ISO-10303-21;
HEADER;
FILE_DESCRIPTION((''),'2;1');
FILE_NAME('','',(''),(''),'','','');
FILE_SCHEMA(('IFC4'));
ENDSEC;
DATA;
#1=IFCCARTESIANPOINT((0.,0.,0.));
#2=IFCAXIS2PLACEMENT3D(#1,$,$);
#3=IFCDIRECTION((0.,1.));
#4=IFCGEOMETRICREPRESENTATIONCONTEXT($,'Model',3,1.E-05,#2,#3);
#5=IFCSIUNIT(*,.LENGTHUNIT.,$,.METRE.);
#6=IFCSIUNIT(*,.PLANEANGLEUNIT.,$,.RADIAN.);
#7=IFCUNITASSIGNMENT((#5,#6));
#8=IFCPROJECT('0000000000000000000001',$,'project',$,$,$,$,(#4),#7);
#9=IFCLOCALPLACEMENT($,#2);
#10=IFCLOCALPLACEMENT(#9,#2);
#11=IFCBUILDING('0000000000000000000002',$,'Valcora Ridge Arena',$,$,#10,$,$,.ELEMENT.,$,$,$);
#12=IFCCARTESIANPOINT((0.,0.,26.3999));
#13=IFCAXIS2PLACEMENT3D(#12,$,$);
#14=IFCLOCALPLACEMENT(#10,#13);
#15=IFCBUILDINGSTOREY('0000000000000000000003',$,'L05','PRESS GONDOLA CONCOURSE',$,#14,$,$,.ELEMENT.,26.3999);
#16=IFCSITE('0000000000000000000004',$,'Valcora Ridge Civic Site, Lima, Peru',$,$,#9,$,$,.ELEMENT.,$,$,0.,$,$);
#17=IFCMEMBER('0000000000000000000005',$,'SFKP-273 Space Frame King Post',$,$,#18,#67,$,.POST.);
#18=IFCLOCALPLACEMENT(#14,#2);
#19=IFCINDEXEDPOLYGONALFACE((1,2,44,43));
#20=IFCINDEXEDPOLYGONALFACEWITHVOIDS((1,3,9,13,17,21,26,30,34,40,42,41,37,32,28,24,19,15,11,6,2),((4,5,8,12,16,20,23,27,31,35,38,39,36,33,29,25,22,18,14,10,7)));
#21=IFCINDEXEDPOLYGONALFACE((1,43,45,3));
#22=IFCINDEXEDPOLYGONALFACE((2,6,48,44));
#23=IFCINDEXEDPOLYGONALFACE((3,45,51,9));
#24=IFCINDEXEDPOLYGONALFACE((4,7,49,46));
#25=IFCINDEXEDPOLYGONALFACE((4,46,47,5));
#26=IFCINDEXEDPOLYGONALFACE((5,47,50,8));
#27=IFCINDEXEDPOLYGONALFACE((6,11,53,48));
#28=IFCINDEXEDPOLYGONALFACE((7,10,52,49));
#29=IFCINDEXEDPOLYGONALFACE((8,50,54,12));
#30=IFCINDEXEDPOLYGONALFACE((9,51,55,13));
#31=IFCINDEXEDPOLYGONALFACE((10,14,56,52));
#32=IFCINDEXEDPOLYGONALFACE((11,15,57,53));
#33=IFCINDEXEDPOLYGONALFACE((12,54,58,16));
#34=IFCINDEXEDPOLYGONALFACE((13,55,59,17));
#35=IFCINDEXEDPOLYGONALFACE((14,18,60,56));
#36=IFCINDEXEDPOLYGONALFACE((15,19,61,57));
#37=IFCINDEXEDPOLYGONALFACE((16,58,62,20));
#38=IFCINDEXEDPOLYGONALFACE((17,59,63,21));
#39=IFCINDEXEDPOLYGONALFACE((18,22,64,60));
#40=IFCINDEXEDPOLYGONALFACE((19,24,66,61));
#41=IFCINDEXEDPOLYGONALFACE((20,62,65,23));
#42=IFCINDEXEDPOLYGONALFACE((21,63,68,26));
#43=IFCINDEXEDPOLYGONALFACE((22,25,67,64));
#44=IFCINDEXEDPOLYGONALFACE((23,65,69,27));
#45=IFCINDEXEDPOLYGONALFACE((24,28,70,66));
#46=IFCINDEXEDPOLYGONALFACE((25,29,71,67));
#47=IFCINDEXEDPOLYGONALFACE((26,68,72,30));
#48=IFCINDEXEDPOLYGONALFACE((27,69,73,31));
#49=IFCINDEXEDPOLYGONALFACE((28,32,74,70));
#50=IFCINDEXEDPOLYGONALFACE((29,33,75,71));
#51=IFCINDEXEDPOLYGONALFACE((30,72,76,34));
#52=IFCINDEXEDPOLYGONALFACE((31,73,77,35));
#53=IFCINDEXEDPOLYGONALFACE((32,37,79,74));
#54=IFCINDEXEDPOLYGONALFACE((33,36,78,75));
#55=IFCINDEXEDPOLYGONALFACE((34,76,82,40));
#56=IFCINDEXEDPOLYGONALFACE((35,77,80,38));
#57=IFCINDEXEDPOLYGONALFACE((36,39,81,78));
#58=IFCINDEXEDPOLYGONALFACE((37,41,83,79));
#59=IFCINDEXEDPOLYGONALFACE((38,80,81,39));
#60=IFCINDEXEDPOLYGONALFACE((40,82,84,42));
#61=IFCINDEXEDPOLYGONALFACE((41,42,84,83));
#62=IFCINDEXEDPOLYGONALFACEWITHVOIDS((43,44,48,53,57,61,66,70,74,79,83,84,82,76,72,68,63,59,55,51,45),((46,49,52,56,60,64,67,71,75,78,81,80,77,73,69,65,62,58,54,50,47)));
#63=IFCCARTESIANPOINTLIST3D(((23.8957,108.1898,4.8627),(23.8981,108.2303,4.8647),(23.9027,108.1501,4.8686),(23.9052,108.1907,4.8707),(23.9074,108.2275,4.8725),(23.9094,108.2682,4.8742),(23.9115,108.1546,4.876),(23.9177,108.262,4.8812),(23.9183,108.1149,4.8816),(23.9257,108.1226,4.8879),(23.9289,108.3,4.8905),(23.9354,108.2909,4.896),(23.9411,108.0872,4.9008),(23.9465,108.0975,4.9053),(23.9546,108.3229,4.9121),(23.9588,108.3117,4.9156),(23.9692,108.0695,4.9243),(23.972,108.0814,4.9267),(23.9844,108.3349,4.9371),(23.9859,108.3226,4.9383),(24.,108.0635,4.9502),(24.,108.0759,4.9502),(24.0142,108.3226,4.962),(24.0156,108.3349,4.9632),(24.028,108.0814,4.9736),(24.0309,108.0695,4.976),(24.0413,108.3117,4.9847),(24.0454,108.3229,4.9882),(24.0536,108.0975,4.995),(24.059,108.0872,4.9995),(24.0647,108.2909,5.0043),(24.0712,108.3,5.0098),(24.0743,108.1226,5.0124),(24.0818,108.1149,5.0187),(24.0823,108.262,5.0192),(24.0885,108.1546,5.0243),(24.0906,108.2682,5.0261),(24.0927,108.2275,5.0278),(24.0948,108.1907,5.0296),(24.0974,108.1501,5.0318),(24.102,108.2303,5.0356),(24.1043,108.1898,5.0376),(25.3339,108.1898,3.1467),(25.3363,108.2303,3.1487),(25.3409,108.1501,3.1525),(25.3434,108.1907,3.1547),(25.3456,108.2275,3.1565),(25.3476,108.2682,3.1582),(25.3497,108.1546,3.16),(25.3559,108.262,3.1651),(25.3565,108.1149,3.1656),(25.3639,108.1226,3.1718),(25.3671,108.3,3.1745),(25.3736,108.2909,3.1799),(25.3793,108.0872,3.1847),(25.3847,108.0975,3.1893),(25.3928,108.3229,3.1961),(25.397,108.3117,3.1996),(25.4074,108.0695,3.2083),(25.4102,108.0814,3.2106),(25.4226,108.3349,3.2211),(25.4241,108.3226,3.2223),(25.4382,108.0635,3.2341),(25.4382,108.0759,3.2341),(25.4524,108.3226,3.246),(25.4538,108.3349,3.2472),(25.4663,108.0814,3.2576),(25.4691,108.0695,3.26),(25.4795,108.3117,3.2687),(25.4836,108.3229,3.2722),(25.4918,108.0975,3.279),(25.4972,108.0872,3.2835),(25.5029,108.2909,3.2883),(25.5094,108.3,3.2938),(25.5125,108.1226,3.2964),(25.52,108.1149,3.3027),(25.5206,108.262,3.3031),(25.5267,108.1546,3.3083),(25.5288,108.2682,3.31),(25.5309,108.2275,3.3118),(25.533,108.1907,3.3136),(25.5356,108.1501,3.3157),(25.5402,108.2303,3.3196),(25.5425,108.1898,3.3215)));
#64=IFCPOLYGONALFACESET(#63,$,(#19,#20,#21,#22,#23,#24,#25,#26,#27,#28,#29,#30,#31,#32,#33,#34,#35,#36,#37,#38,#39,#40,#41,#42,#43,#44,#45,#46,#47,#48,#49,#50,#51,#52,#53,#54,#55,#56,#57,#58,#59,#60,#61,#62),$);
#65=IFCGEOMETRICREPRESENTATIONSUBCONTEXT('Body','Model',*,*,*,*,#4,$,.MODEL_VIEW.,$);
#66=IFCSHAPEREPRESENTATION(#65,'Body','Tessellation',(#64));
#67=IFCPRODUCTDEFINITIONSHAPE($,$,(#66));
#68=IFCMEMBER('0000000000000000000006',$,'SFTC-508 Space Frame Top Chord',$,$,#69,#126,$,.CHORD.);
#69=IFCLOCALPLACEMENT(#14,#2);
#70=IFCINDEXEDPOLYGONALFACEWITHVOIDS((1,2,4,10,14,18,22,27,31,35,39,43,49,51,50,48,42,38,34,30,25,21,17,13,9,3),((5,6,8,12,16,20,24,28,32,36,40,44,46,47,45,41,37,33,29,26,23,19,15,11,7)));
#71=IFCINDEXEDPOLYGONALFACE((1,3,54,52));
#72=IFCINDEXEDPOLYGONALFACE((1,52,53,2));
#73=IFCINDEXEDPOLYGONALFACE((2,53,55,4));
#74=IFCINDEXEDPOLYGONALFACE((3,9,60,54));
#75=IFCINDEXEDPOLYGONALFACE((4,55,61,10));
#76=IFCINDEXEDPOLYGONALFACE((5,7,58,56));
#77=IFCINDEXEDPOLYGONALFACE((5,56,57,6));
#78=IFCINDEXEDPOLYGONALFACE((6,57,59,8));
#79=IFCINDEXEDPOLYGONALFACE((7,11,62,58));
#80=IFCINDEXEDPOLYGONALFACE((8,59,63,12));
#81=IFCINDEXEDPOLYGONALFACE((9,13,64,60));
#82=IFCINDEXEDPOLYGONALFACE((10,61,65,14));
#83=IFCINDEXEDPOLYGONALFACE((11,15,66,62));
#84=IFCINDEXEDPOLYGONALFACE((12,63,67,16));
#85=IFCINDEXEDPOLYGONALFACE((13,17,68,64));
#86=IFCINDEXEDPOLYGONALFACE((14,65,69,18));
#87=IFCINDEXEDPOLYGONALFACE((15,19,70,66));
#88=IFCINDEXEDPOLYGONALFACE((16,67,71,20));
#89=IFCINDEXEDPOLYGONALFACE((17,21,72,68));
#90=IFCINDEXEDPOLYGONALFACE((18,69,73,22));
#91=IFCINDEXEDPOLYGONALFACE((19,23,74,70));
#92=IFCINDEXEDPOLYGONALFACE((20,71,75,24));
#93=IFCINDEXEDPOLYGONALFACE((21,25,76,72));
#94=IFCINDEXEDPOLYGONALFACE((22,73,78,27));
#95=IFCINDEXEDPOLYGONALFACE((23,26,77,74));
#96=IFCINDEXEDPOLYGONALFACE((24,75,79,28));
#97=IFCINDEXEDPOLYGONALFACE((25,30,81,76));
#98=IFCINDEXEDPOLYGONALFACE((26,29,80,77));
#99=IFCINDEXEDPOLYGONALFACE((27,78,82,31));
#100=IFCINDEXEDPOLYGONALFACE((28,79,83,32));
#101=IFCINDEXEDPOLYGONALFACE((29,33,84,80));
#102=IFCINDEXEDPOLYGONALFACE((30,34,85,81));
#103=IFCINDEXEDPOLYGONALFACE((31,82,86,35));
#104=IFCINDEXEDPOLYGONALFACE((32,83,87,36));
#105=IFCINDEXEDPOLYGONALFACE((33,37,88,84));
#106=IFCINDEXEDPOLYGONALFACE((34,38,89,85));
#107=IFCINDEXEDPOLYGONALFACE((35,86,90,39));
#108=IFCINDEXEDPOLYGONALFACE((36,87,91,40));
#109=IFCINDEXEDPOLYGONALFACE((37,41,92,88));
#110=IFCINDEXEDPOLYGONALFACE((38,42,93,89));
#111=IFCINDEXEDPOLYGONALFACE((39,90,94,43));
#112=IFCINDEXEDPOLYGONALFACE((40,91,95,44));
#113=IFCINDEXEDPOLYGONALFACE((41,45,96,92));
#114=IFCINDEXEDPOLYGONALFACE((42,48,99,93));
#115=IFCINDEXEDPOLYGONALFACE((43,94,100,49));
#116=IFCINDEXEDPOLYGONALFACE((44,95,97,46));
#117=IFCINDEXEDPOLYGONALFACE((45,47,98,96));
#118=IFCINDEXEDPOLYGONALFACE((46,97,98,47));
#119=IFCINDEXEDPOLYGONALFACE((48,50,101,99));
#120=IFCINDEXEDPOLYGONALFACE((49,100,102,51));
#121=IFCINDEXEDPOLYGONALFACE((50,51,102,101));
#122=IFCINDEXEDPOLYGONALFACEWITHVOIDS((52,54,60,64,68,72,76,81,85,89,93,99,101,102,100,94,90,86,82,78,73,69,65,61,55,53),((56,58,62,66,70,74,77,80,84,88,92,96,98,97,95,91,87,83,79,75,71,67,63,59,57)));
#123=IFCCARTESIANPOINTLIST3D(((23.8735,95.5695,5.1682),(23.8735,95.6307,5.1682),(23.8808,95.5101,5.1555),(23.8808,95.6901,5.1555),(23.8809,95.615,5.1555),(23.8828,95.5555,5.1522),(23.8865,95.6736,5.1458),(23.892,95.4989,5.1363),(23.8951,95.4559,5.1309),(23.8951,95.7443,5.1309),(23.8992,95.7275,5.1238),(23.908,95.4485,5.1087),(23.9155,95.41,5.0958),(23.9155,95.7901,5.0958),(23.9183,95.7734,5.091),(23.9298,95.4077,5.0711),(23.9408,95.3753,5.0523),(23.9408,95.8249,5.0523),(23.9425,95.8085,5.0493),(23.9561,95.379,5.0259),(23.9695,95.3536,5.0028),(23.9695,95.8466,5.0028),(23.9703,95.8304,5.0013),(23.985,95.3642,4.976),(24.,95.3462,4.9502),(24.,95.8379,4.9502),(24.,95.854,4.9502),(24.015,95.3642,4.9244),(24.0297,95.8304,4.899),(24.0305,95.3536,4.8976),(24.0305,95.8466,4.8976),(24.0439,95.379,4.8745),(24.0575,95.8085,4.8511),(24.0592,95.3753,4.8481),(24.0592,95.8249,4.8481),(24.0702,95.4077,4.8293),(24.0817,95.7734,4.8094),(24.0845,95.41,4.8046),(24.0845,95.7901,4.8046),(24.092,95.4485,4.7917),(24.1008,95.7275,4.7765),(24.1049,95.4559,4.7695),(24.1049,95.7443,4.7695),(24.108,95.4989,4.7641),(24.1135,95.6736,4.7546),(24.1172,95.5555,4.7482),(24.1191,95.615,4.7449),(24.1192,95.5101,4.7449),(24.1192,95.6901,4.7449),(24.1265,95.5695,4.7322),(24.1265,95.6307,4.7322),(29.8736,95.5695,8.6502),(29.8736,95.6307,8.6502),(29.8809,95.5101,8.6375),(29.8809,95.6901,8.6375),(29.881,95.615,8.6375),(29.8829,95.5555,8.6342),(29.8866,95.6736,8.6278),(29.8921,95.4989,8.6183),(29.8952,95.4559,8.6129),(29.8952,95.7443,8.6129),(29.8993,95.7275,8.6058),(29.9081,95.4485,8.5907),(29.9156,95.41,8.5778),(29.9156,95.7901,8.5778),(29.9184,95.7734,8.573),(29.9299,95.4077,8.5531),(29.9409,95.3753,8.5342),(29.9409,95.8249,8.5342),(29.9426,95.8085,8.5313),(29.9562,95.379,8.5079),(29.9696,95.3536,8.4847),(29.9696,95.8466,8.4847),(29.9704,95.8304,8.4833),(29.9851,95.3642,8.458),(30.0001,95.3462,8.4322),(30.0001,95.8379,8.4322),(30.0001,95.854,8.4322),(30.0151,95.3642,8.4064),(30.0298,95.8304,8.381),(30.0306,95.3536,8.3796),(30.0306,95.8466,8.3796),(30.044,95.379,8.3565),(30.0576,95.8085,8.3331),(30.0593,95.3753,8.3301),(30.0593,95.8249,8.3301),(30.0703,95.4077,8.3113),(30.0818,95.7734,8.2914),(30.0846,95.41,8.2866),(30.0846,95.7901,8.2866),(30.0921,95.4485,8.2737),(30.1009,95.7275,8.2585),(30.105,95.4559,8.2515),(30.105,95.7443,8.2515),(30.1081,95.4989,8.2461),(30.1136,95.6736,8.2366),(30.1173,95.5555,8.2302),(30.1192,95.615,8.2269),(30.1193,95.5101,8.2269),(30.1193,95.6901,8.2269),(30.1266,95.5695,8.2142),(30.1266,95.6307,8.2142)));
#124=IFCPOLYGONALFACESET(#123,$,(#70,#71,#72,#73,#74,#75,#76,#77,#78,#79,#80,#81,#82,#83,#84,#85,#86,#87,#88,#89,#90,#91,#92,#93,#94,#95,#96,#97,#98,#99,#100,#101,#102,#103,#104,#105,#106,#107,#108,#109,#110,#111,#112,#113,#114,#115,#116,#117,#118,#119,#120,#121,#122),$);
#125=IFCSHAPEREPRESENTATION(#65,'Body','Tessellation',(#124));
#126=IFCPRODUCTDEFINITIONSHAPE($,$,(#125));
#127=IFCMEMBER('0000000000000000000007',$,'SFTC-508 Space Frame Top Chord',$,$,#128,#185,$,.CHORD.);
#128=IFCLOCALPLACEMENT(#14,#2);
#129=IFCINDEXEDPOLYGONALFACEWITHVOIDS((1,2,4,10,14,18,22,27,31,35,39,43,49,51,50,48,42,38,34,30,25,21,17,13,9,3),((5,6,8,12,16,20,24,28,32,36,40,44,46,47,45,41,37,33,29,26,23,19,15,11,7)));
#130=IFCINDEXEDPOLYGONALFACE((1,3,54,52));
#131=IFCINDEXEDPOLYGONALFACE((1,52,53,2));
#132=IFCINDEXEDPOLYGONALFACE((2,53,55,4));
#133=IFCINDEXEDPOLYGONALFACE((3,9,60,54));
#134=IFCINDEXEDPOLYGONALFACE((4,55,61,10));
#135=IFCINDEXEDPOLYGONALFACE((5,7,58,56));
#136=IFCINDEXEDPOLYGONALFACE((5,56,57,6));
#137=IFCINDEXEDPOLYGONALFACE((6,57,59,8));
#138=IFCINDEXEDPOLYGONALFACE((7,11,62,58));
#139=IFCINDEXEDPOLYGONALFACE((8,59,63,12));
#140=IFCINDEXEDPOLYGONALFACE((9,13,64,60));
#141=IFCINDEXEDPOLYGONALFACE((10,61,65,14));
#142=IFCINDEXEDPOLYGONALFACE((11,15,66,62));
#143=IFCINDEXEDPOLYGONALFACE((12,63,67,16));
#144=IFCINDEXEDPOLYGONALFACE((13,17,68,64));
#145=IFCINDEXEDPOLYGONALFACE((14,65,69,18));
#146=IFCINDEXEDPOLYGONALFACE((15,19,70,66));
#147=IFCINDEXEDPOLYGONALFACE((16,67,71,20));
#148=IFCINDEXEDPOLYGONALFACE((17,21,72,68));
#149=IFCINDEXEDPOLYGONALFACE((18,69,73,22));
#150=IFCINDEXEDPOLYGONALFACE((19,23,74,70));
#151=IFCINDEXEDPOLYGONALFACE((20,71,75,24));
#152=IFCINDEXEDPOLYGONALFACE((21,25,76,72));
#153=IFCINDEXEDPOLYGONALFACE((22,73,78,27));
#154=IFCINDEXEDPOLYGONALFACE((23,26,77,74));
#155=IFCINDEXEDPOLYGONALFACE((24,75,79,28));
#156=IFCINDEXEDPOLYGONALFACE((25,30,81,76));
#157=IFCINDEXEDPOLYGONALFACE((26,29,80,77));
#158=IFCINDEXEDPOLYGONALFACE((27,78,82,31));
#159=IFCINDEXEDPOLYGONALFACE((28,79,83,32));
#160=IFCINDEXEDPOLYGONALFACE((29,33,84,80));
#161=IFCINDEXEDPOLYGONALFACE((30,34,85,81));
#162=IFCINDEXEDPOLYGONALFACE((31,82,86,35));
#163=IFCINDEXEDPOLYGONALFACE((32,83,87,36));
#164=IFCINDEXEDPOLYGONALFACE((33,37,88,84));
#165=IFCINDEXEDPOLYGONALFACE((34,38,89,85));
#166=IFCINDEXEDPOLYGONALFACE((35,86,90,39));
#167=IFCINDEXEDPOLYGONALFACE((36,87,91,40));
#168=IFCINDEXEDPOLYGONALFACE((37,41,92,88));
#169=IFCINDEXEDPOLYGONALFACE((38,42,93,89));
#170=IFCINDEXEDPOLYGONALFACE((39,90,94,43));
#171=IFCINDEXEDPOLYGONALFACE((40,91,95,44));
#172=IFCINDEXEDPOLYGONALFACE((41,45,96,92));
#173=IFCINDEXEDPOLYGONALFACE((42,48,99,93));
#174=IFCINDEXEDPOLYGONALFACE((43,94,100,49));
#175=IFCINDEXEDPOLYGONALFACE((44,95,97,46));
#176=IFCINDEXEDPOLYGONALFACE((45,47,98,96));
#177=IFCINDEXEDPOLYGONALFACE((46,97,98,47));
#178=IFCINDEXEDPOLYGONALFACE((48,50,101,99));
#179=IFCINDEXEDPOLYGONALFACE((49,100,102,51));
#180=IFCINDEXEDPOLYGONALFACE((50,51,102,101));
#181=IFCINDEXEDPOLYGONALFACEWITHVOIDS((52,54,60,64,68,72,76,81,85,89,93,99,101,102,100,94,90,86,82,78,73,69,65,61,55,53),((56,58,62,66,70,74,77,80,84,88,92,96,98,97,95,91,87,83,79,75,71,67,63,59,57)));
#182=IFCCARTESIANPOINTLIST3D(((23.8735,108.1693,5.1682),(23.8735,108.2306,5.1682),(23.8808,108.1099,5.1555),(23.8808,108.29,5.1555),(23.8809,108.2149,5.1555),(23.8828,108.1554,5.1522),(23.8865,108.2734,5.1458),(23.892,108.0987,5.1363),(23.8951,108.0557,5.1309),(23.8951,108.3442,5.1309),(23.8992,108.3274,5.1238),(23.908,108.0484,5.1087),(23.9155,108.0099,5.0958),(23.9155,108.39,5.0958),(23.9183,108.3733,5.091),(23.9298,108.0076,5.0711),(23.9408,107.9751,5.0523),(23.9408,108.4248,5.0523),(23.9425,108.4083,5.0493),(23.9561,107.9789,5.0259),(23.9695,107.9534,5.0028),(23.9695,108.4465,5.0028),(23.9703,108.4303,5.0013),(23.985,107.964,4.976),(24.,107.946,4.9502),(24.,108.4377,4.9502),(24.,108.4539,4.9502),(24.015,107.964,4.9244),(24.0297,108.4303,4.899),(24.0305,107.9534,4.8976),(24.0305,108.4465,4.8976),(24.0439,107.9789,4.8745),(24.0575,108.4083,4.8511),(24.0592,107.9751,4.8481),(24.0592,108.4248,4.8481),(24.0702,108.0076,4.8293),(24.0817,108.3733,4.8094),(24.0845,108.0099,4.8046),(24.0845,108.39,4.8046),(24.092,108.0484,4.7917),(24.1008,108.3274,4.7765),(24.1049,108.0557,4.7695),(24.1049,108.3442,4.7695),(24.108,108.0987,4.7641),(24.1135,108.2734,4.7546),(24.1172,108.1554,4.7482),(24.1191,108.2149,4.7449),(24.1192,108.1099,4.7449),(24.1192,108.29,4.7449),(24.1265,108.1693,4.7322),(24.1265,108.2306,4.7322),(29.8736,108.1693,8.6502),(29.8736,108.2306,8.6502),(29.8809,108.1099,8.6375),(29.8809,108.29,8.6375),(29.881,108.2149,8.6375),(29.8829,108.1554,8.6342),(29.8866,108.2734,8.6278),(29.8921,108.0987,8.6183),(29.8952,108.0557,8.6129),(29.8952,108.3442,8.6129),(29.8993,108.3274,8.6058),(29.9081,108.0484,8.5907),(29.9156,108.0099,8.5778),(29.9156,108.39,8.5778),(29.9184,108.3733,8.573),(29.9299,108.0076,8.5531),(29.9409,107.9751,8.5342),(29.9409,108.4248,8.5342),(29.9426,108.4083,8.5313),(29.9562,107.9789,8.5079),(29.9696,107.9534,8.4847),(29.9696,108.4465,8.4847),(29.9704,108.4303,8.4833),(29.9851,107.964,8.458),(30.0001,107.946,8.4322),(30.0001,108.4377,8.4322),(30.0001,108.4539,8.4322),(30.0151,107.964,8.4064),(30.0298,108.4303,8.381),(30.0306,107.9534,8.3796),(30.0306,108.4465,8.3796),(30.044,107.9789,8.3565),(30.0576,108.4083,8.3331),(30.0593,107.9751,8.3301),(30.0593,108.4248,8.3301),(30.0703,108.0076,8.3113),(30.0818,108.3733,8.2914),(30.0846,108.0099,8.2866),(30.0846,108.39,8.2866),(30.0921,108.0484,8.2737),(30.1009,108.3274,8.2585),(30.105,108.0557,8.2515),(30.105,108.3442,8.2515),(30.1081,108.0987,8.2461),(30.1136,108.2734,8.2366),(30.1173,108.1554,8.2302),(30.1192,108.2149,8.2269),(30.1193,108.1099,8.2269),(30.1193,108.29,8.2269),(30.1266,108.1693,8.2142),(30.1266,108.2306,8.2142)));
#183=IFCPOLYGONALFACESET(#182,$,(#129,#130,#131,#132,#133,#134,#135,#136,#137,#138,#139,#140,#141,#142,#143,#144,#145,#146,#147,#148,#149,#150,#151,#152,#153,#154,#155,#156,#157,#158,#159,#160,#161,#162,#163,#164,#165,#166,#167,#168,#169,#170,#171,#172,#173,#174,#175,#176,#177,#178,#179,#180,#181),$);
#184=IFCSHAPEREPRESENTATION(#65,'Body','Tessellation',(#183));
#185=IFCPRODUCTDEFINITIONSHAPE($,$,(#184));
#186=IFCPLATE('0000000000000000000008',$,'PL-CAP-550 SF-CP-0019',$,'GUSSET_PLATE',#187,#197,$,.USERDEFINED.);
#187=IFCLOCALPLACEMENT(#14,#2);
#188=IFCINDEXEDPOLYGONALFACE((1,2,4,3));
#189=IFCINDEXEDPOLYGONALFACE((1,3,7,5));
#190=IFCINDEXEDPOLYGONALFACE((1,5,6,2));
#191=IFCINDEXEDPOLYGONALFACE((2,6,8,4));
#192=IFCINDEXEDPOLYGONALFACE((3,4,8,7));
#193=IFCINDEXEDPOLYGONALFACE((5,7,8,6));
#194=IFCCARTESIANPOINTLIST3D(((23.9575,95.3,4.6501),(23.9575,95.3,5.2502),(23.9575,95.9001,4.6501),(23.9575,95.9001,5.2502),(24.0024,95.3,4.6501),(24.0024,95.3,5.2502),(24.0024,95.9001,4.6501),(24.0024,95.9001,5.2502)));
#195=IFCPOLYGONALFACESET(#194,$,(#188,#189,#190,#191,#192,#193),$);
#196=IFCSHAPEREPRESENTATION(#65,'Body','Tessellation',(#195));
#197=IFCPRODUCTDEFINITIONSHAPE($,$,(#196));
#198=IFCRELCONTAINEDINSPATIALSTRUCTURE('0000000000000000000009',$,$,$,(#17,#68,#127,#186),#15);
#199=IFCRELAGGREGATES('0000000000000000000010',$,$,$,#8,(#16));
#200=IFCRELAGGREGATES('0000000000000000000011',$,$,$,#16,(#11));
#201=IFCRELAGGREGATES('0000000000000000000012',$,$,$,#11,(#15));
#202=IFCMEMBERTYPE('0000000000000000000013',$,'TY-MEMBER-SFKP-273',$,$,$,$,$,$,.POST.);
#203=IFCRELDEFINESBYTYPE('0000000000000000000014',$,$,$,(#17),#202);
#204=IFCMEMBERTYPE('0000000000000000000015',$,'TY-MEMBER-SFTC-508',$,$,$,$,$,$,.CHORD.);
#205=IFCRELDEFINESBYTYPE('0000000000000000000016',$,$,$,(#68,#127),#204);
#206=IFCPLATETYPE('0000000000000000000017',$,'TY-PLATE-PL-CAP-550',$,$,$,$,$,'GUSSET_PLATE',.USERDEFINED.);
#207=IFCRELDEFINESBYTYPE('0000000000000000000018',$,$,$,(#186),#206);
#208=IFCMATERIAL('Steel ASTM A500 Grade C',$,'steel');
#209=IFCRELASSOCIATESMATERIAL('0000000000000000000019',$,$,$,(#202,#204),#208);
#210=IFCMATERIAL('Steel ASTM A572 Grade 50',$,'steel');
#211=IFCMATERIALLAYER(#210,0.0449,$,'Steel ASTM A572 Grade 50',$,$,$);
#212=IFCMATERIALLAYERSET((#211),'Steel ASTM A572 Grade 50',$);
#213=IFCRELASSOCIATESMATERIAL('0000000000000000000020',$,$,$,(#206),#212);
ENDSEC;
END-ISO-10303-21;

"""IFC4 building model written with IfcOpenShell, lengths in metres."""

from ifc_helpers import new_model, si_unit, direction, frame, origin, origin_2d, place, context, subcontext, project, spatial, rectangle, hollow_circle, extrude, material, layer, layer_set, material_profile, profile_set, type_object, element, save


model = new_model("IFC4")

# Units and contexts
model_context = context("Model", 3, precision=1e-05, world=origin(), true_north=direction((0.0, 1.0)))
body_context = subcontext(model_context, "Body", "Model", "MODEL_VIEW")
ifc_project = project(units=[si_unit("LENGTHUNIT", "METRE"), si_unit("PLANEANGLEUNIT", "RADIAN")], contexts=[model_context])

# Site, building, storey
site_placement = place(None, origin())
site = spatial("IfcSite", under=ifc_project, at=site_placement, Name="Valcora Ridge Civic Site, Lima, Peru", CompositionType="ELEMENT", RefElevation=0.0)
building_placement = place(site_placement, origin())
building = spatial("IfcBuilding", under=site, at=building_placement, Name="Valcora Ridge Arena", CompositionType="ELEMENT")
storey_placement = place(building_placement, frame((0.0, 0.0, 26.3999)))
storey = spatial("IfcBuildingStorey", under=building, at=storey_placement, Name="L05", Description="PRESS GONDOLA CONCOURSE", CompositionType="ELEMENT", Elevation=26.3999)

# Members
ifc_material_1 = material(Name="Steel ASTM A572 Grade 50", Category="steel")
ifc_material_2 = material(Name="Steel ASTM A500 Grade C", Category="steel")
ifc_material_profile_1 = material_profile(ifc_material_2, hollow_circle(Radius=0.1365, WallThickness=0.0125, at=origin_2d()), Name="CHS273X12")
ifc_profile_set_1 = profile_set([ifc_material_profile_1], Name="Steel ASTM A500 Grade C")
member_type_1 = type_object("IfcMemberType", Name="TY-MEMBER-SFKP-273", PredefinedType="POST", material=ifc_profile_set_1)
for number, where, z_axis, x_axis, name in (
    (1, (25.4382, 108.2, 3.2341), (-0.642338, 0.0, 0.766422), (0.0, -1.0, 0.0), "SFKP-273 Space Frame King Post"),
):
    element("IfcMember", number, at=place(storey_placement, frame(where, z_axis=z_axis, x_axis=x_axis)), inside=storey, type_object=member_type_1, Name=name, PredefinedType="POST", context=body_context, shape_type="SweptSolid", body=[
        extrude(hollow_circle(Radius=0.1365, WallThickness=0.0125, at=origin_2d()), origin(), (0.0, 0.0, 1.0), 2.239),
    ])
ifc_material_profile_2 = material_profile(ifc_material_2, hollow_circle(Radius=0.2539, WallThickness=0.0161, at=origin_2d()), Name="CHS508X16")
ifc_profile_set_2 = profile_set([ifc_material_profile_2], Name="Steel ASTM A500 Grade C")
member_type_2 = type_object("IfcMemberType", Name="TY-MEMBER-SFTC-508", PredefinedType="CHORD", material=ifc_profile_set_2)
for number, where, z_axis, x_axis, name in (
    (2, (24.0, 95.6001, 4.9502), (0.86491, 0.0, 0.501927), (0.0, 1.0, 0.0), "SFTC-508 Space Frame Top Chord"),
    (3, (24.0, 108.2, 4.9502), (0.86491, 0.0, 0.501927), (0.0, 1.0, 0.0), "SFTC-508 Space Frame Top Chord"),
):
    element("IfcMember", number, at=place(storey_placement, frame(where, z_axis=z_axis, x_axis=x_axis)), inside=storey, type_object=member_type_2, Name=name, PredefinedType="CHORD", context=body_context, shape_type="SweptSolid", body=[
        extrude(hollow_circle(Radius=0.2539, WallThickness=0.0161, at=origin_2d()), origin(), (0.0, 0.0, 1.0), 6.9373),
    ])

# Plate
ifc_layer_1 = layer(ifc_material_1, 0.0449, Name="Steel ASTM A572 Grade 50")
ifc_layer_set_1 = layer_set([ifc_layer_1], Name="Steel ASTM A572 Grade 50")
plate_type_1 = type_object("IfcPlateType", Name="TY-PLATE-PL-CAP-550", ElementType="GUSSET_PLATE", PredefinedType="USERDEFINED", material=ifc_layer_set_1)
for number, where, z_axis, x_axis, name in (
    (4, (23.98, 95.6001, 4.6501), (0.0, 0.0, 1.0), (1.0, 0.0, 0.0), "PL-CAP-550 SF-CP-0019"),
):
    element("IfcPlate", number, at=place(storey_placement, frame(where, z_axis=z_axis, x_axis=x_axis)), inside=storey, type_object=plate_type_1, Name=name, ObjectType="GUSSET_PLATE", PredefinedType="USERDEFINED", context=body_context, shape_type="SweptSolid", body=[
        extrude(rectangle(XDim=0.0449, YDim=0.6001, at=origin_2d()), origin(), (0.0, 0.0, 1.0), 0.6001),
    ])

save(model, "model.ifc")
